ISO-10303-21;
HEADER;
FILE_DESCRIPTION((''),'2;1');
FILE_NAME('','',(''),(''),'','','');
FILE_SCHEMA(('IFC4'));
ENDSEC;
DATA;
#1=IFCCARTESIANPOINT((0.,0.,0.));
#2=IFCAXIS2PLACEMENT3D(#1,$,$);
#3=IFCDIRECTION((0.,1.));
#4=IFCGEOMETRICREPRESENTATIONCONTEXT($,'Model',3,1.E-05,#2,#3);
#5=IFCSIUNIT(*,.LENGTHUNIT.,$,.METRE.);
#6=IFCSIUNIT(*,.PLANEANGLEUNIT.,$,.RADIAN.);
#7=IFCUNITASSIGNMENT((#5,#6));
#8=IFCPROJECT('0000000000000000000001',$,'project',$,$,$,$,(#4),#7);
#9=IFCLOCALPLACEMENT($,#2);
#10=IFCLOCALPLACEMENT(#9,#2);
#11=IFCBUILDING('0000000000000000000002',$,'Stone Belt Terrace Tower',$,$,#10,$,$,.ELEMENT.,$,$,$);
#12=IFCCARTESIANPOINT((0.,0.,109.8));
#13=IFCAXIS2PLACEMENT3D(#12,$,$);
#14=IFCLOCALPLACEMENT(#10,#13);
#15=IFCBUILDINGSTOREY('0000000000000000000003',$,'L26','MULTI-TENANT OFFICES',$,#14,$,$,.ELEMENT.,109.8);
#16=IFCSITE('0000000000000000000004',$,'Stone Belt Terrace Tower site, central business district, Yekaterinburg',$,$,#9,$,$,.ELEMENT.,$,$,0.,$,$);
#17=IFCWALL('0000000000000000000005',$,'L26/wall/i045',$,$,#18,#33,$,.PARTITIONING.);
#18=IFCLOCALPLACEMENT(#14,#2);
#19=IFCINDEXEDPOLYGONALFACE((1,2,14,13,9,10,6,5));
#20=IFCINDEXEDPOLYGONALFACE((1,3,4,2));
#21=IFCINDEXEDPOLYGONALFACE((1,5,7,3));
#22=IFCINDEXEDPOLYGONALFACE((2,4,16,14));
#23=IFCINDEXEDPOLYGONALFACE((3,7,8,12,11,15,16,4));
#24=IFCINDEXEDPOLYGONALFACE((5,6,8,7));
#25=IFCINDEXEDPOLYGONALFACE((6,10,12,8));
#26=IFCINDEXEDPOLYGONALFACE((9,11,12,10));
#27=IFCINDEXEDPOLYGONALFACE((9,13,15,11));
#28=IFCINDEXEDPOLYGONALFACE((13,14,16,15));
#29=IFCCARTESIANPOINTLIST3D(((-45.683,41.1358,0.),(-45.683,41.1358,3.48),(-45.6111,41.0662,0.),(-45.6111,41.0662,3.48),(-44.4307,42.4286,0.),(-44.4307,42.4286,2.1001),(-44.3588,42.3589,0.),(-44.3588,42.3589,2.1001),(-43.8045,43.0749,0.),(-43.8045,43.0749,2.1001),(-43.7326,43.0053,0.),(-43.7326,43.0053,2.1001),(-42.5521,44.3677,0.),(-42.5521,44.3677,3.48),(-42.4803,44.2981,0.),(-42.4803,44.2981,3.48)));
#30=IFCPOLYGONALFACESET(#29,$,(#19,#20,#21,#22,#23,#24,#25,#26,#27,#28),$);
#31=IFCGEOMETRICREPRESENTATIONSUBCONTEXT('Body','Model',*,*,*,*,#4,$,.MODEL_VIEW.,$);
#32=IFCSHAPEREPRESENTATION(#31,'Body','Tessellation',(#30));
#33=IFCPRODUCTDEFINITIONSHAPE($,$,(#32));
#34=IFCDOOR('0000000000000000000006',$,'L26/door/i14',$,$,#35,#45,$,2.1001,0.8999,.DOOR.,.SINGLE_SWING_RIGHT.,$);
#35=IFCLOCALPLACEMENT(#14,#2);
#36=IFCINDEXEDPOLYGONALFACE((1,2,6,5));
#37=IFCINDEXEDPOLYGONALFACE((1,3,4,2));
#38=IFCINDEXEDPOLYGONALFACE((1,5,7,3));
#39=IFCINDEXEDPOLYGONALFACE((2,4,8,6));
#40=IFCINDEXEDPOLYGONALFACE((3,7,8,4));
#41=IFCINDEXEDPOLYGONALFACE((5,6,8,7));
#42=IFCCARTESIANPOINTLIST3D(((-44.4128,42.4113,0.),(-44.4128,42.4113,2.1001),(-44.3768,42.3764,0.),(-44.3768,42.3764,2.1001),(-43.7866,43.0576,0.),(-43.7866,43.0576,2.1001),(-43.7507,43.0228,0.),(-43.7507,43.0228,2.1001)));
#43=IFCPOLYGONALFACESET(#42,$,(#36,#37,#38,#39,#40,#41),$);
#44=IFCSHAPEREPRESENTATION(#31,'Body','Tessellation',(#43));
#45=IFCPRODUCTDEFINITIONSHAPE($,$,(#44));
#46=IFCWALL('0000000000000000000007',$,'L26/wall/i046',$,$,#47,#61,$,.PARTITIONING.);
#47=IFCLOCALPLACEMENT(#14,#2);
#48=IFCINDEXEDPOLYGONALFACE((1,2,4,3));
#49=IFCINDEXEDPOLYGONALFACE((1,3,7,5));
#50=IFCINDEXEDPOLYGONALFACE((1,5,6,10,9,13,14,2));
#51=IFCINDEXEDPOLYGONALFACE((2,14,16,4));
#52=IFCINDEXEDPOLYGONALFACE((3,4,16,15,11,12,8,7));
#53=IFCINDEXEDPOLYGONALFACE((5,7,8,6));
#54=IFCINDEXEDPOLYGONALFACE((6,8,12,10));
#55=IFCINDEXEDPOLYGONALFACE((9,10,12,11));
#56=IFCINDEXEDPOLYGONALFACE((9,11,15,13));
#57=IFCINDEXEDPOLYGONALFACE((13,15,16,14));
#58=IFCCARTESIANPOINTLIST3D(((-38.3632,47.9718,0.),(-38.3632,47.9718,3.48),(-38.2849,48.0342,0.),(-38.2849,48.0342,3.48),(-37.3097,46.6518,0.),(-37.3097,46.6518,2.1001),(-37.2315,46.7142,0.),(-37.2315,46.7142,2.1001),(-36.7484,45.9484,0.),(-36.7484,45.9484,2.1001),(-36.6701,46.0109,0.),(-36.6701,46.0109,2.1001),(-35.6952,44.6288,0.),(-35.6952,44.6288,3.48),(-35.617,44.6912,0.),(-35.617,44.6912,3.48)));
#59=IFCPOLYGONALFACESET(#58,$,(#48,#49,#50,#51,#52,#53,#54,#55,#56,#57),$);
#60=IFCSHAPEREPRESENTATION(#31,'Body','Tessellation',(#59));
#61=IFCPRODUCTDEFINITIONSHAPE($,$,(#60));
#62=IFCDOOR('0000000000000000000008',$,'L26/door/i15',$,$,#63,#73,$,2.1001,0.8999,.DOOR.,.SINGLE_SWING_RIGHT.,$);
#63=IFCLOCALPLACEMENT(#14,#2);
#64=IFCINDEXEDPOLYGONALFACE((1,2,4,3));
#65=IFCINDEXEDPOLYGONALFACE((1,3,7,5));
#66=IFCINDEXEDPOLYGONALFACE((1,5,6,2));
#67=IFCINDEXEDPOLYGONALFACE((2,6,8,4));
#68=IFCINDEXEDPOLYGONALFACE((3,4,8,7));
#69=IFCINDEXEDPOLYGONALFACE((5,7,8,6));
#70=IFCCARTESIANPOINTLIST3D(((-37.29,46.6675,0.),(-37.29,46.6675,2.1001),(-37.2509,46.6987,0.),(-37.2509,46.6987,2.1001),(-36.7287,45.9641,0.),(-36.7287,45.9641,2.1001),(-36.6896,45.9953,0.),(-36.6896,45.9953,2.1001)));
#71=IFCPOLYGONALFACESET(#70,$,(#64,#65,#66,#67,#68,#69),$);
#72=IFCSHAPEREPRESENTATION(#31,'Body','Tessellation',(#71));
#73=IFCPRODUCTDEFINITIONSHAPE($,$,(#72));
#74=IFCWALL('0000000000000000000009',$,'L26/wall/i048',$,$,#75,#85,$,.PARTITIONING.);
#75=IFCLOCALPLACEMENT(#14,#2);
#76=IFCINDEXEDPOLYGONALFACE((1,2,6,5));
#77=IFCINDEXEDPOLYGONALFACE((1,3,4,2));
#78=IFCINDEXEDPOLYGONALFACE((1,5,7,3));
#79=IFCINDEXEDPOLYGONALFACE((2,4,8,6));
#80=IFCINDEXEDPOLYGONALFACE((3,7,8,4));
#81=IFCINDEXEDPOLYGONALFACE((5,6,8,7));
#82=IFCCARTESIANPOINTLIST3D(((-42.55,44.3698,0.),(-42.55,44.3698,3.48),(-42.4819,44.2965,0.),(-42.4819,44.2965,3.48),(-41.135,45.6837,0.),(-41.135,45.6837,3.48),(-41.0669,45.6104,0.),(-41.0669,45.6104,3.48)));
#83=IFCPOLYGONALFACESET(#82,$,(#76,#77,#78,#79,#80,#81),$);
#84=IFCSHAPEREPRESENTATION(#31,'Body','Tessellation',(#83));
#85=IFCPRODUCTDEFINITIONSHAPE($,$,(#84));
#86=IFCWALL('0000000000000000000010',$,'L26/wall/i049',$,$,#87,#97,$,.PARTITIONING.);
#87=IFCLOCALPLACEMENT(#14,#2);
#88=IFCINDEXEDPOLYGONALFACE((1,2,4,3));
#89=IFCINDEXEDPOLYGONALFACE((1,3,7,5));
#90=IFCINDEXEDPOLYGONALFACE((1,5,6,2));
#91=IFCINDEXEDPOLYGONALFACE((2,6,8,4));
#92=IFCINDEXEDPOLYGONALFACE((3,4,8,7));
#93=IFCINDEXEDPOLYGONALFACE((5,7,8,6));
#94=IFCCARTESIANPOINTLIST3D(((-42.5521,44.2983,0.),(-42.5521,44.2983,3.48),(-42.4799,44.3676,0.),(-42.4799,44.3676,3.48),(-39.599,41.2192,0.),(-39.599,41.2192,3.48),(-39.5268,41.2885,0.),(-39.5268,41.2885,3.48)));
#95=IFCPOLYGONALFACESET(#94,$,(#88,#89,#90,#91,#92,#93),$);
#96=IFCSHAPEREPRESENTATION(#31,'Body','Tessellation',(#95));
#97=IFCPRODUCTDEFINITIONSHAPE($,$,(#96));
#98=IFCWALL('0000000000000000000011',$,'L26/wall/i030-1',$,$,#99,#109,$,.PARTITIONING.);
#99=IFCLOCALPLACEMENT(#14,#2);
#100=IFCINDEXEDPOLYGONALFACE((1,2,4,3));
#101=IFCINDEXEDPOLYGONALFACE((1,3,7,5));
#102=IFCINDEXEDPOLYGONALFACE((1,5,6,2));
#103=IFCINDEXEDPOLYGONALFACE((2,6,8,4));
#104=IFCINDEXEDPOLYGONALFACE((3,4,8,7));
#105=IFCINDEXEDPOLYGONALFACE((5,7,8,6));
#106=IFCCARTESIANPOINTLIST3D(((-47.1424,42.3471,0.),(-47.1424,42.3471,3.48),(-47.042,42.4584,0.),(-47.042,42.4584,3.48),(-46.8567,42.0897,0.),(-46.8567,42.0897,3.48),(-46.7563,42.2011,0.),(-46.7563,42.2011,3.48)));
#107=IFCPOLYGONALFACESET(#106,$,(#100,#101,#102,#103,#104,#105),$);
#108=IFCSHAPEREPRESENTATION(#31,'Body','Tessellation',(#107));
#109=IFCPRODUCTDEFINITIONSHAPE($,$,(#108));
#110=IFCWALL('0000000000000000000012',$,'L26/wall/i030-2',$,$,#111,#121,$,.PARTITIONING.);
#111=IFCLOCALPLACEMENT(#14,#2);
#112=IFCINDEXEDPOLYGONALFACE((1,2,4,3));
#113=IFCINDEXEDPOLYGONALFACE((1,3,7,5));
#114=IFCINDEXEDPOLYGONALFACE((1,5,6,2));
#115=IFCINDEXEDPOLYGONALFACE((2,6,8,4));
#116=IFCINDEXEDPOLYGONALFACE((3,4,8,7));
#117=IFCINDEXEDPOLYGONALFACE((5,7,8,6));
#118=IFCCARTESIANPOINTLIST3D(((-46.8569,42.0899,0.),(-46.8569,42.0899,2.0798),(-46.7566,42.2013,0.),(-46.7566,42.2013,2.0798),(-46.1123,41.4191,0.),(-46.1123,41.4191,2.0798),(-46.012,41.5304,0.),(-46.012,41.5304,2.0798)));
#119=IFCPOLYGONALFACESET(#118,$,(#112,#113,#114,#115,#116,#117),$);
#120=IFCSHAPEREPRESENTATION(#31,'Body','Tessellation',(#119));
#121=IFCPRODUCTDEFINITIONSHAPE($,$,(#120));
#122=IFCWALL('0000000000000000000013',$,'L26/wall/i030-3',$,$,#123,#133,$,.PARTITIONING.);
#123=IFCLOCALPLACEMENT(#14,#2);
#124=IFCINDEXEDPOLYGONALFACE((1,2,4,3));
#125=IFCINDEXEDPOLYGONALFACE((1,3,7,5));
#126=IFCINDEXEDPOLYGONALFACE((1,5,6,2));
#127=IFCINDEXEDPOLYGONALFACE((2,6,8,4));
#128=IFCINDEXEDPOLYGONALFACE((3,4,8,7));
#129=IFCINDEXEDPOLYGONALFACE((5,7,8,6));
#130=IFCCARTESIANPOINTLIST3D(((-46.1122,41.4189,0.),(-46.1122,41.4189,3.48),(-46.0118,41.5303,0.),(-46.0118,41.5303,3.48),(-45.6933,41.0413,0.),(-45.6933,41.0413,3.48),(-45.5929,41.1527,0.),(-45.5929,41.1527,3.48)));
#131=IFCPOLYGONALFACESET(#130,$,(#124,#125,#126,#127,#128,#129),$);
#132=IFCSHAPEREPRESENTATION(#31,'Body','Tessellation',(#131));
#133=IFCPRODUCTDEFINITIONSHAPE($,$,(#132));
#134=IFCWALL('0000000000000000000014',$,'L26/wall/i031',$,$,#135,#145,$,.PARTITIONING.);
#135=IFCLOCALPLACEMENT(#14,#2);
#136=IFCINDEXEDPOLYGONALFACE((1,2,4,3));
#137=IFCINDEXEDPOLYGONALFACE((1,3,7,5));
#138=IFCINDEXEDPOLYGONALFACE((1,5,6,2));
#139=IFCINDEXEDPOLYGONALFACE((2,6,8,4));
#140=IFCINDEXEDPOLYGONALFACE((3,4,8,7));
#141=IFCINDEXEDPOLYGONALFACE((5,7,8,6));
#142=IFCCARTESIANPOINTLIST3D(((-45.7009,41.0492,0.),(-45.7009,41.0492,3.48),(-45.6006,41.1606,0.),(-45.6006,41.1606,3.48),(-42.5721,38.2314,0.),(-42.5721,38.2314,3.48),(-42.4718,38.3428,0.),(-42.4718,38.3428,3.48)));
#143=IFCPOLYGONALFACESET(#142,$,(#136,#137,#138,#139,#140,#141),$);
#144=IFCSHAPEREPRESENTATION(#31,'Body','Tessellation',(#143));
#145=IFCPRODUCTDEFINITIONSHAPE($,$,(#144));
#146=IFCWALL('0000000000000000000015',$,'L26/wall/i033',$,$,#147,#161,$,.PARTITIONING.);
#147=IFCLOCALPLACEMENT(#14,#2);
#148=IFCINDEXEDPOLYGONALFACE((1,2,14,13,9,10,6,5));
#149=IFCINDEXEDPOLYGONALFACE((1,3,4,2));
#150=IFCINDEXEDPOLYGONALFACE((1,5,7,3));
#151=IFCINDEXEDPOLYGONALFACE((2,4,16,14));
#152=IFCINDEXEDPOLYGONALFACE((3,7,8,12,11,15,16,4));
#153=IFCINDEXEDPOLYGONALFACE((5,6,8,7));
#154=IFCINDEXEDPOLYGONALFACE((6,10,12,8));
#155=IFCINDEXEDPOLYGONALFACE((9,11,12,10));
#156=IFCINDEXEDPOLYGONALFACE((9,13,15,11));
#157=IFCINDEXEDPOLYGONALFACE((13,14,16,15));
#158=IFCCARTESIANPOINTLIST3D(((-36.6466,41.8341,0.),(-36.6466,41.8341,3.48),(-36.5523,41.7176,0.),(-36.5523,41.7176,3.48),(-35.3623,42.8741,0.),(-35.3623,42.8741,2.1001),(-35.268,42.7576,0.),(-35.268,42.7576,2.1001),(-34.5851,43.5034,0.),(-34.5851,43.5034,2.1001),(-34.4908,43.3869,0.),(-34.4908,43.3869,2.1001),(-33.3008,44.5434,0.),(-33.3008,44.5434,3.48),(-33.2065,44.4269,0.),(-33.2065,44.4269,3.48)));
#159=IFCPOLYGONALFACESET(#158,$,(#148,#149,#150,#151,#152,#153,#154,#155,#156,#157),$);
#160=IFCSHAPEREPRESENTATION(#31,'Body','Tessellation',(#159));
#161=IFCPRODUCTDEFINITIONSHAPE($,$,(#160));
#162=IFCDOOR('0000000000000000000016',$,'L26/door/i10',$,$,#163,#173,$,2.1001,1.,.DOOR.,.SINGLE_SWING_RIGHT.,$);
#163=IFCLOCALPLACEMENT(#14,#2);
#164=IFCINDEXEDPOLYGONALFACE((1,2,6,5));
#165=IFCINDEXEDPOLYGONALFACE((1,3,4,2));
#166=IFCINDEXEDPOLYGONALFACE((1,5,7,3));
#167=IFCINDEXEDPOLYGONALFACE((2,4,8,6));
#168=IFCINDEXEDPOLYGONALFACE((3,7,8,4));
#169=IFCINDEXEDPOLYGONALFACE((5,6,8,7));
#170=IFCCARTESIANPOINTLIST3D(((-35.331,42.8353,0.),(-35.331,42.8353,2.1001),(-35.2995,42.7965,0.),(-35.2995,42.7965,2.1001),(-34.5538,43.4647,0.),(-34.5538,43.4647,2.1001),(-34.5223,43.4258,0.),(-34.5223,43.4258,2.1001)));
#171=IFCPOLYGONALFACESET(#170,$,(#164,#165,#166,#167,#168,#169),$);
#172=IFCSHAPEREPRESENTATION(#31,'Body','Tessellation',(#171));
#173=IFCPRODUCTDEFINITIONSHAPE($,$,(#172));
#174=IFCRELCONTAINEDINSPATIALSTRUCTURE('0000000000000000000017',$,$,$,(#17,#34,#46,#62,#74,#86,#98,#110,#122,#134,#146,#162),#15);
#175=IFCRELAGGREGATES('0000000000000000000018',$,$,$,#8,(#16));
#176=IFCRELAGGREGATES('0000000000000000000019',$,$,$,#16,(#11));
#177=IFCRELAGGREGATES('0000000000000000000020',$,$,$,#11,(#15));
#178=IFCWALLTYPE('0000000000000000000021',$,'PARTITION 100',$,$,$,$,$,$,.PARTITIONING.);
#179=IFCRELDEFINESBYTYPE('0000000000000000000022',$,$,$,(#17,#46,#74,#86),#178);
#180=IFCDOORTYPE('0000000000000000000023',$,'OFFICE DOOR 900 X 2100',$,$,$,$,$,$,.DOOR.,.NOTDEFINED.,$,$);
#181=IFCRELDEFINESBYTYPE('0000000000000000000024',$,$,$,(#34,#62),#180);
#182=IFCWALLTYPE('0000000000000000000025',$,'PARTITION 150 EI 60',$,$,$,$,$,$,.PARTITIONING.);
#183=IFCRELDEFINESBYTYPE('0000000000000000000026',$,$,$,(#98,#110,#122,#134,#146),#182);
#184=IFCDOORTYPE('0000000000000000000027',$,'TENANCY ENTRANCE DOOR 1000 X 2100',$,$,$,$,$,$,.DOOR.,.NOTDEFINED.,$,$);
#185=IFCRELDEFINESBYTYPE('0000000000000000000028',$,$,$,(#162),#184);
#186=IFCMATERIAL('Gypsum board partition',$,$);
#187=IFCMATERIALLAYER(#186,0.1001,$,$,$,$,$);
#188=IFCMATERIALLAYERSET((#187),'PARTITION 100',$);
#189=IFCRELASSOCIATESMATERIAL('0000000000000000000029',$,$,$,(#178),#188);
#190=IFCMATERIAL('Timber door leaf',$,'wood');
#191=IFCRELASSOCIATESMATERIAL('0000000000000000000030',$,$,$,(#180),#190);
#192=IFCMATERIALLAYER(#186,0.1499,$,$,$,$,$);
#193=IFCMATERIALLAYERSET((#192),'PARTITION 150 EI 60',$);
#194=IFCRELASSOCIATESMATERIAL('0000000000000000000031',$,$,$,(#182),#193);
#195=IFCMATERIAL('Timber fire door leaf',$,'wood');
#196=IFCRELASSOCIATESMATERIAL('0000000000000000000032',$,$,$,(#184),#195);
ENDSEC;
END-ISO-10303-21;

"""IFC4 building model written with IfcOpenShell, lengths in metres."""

from ifc_helpers import new_model, si_unit, direction, frame, frame_2d, origin, place, context, subcontext, project, spatial, rectangle, extrude, material, layer, layer_set, type_object, element, fill, save


model = new_model("IFC4")

# Units and contexts
model_context = context("Model", 3, precision=1e-05, world=origin(), true_north=direction((0.0, 1.0)))
body_context = subcontext(model_context, "Body", "Model", "MODEL_VIEW")
ifc_project = project(units=[si_unit("LENGTHUNIT", "METRE"), si_unit("PLANEANGLEUNIT", "RADIAN")], contexts=[model_context])

# Site, building, storey
site_placement = place(None, origin())
site = spatial("IfcSite", under=ifc_project, at=site_placement, Name="Stone Belt Terrace Tower site, central business district, Yekaterinburg", CompositionType="ELEMENT", RefElevation=0.0)
building_placement = place(site_placement, origin())
building = spatial("IfcBuilding", under=site, at=building_placement, Name="Stone Belt Terrace Tower", CompositionType="ELEMENT")
storey_placement = place(building_placement, frame((0.0, 0.0, 109.8)))
storey = spatial("IfcBuildingStorey", under=building, at=storey_placement, Name="L26", Description="MULTI-TENANT OFFICES", CompositionType="ELEMENT", Elevation=109.8)

# Walls, openings, doors
ifc_material_1 = material(Name="Gypsum board partition")
ifc_layer_1 = layer(ifc_material_1, 0.1001)
ifc_layer_set_1 = layer_set([ifc_layer_1], Name="PARTITION 100")
wall_type_1 = type_object("IfcWallType", Name="PARTITION 100", PredefinedType="PARTITIONING", material=ifc_layer_set_1)
wall_1_placement = place(storey_placement, frame((-42.5161, 44.333, 0.0), z_axis=(0.0, 0.0, 1.0), x_axis=(-0.695786, -0.718249, 0.0)))
wall_1 = element("IfcWall", 1, at=wall_1_placement, inside=storey, type_object=wall_type_1, Name="L26/wall/i045", PredefinedType="PARTITIONING", context=body_context, shape_type="SweptSolid", body=[
    extrude(rectangle(XDim=4.4998, YDim=0.1001, at=frame_2d((2.25, 0.0))), origin(), (0.0, 0.0, 1.0), 3.48),
])
opening_1_placement = place(wall_1_placement, frame((1.8, 0.0, 0.0)))
opening_1 = element("IfcOpeningElement", 2, at=opening_1_placement, cuts=wall_1, PredefinedType="OPENING", context=body_context, shape_type="SweptSolid", body=[
    extrude(rectangle(XDim=0.8999, YDim=2.1001, at=frame_2d((0.45, 1.05))), frame((0.0, 0.0601, 0.0), z_axis=(0.0, -1.0, 0.0), x_axis=(1.0, 0.0, 0.0)), (0.0, 0.0, 1.0), 0.1201),
])
ifc_material_2 = material(Name="Timber door leaf", Category="wood")
door_type_1 = type_object("IfcDoorType", Name="OFFICE DOOR 900 X 2100", OperationType="NOTDEFINED", PredefinedType="DOOR", material=ifc_material_2)
door_1_placement = place(opening_1_placement, origin())
door_1 = element("IfcDoor", 3, at=door_1_placement, inside=storey, type_object=door_type_1, Name="L26/door/i14", OperationType="SINGLE_SWING_RIGHT", OverallHeight=2.1001, OverallWidth=0.8999, PredefinedType="DOOR", context=body_context, shape_type="SweptSolid", body=[
    extrude(rectangle(XDim=0.8999, YDim=2.1001, at=frame_2d((0.45, 1.05))), frame((0.0, 0.0249, 0.0), z_axis=(0.0, -1.0, 0.0), x_axis=(1.0, 0.0, 0.0)), (0.0, 0.0, 1.0), 0.05),
])
fill(opening_1, door_1)
wall_2_placement = place(storey_placement, frame((-35.656, 44.6599, 0.0), z_axis=(0.0, 0.0, 1.0), x_axis=(-0.623776, 0.781603, 0.0)))
wall_2 = element("IfcWall", 4, at=wall_2_placement, inside=storey, type_object=wall_type_1, Name="L26/wall/i046", PredefinedType="PARTITIONING", context=body_context, shape_type="SweptSolid", body=[
    extrude(rectangle(XDim=4.2771, YDim=0.1001, at=frame_2d((2.1387, 0.0))), origin(), (0.0, 0.0, 1.0), 3.48),
])
opening_2_placement = place(wall_2_placement, frame((1.6885, 0.0, 0.0)))
opening_2 = element("IfcOpeningElement", 5, at=opening_2_placement, cuts=wall_2, PredefinedType="OPENING", context=body_context, shape_type="SweptSolid", body=[
    extrude(rectangle(XDim=0.8999, YDim=2.1001, at=frame_2d((0.45, 1.05))), frame((0.0, 0.0601, 0.0), z_axis=(0.0, -1.0, 0.0), x_axis=(1.0, 0.0, 0.0)), (0.0, 0.0, 1.0), 0.1201),
])
door_2_placement = place(opening_2_placement, origin())
door_2 = element("IfcDoor", 6, at=door_2_placement, inside=storey, type_object=door_type_1, Name="L26/door/i15", OperationType="SINGLE_SWING_RIGHT", OverallHeight=2.1001, OverallWidth=0.8999, PredefinedType="DOOR", context=body_context, shape_type="SweptSolid", body=[
    extrude(rectangle(XDim=0.8999, YDim=2.1001, at=frame_2d((0.45, 1.05))), frame((0.0, 0.0249, 0.0), z_axis=(0.0, -1.0, 0.0), x_axis=(1.0, 0.0, 0.0)), (0.0, 0.0, 1.0), 0.05),
])
fill(opening_2, door_2)

# Walls
wall_3_placement = place(storey_placement, frame((-41.1011, 45.647, 0.0), z_axis=(0.0, 0.0, 1.0), x_axis=(-0.732793, -0.680451, 0.0)))
element("IfcWall", 7, at=wall_3_placement, inside=storey, type_object=wall_type_1, Name="L26/wall/i048", PredefinedType="PARTITIONING", context=body_context, shape_type="SweptSolid", body=[
    extrude(rectangle(XDim=1.9309, YDim=0.1001, at=frame_2d((0.9653, 0.0))), origin(), (0.0, 0.0, 1.0), 3.48),
])
wall_4_placement = place(storey_placement, frame((-42.5161, 44.333, 0.0), z_axis=(0.0, 0.0, 1.0), x_axis=(0.692189, -0.721717, 0.0)))
element("IfcWall", 8, at=wall_4_placement, inside=storey, type_object=wall_type_1, Name="L26/wall/i049", PredefinedType="PARTITIONING", context=body_context, shape_type="SweptSolid", body=[
    extrude(rectangle(XDim=4.2664, YDim=0.1001, at=frame_2d((2.1333, 0.0))), origin(), (0.0, 0.0, 1.0), 3.48),
])
ifc_layer_2 = layer(ifc_material_1, 0.1499)
ifc_layer_set_2 = layer_set([ifc_layer_2], Name="PARTITION 150 EI 60")
wall_type_2 = type_object("IfcWallType", Name="PARTITION 150 EI 60", PredefinedType="PARTITIONING", material=ifc_layer_set_2)
wall_5_placement = place(storey_placement, frame((-47.0923, 42.4028, 0.0), z_axis=(0.0, 0.0, 1.0), x_axis=(0.742978, -0.669315, 0.0)))
element("IfcWall", 9, at=wall_5_placement, inside=storey, type_object=wall_type_2, Name="L26/wall/i030-1", PredefinedType="PARTITIONING", context=body_context, shape_type="SweptSolid", body=[
    extrude(rectangle(XDim=0.3845, YDim=0.1499, at=frame_2d((0.1924, 0.0))), origin(), (0.0, 0.0, 1.0), 3.48),
])
wall_6_placement = place(storey_placement, frame((-46.8066, 42.1455, 0.0), z_axis=(0.0, 0.0, 1.0), x_axis=(0.742931, -0.669368, 0.0)))
element("IfcWall", 10, at=wall_6_placement, inside=storey, type_object=wall_type_2, Name="L26/wall/i030-2", PredefinedType="PARTITIONING", context=body_context, shape_type="SweptSolid", body=[
    extrude(rectangle(XDim=1.0022, YDim=0.1499, at=frame_2d((0.501, 0.0))), origin(), (0.0, 0.0, 1.0), 2.0798),
])
wall_7_placement = place(storey_placement, frame((-46.062, 41.4746, 0.0), z_axis=(0.0, 0.0, 1.0), x_axis=(0.742734, -0.669586, 0.0)))
element("IfcWall", 11, at=wall_7_placement, inside=storey, type_object=wall_type_2, Name="L26/wall/i030-3", PredefinedType="PARTITIONING", context=body_context, shape_type="SweptSolid", body=[
    extrude(rectangle(XDim=0.564, YDim=0.1499, at=frame_2d((0.282, 0.0))), origin(), (0.0, 0.0, 1.0), 3.48),
])
wall_8_placement = place(storey_placement, frame((-45.6509, 41.105, 0.0), z_axis=(0.0, 0.0, 1.0), x_axis=(0.743075, -0.669208, 0.0)))
element("IfcWall", 12, at=wall_8_placement, inside=storey, type_object=wall_type_2, Name="L26/wall/i031", PredefinedType="PARTITIONING", context=body_context, shape_type="SweptSolid", body=[
    extrude(rectangle(XDim=4.2107, YDim=0.1499, at=frame_2d((2.1055, 0.0))), origin(), (0.0, 0.0, 1.0), 3.48),
])

# Wall, opening, door
wall_9_placement = place(storey_placement, frame((-33.2537, 44.4851, 0.0), z_axis=(0.0, 0.0, 1.0), x_axis=(-0.777154, -0.629311, 0.0)))
wall_9 = element("IfcWall", 13, at=wall_9_placement, inside=storey, type_object=wall_type_2, Name="L26/wall/i033", PredefinedType="PARTITIONING", context=body_context, shape_type="SweptSolid", body=[
    extrude(rectangle(XDim=4.3052, YDim=0.1499, at=frame_2d((2.1526, 0.0))), origin(), (0.0, 0.0, 1.0), 3.48),
])
opening_3_placement = place(wall_9_placement, frame((1.6526, 0.0, 0.0)))
opening_3 = element("IfcOpeningElement", 14, at=opening_3_placement, cuts=wall_9, PredefinedType="OPENING", context=body_context, shape_type="SweptSolid", body=[
    extrude(rectangle(XDim=1.0, YDim=2.1001, at=frame_2d((0.5, 1.05))), frame((0.0, 0.085, 0.0), z_axis=(0.0, -1.0, 0.0), x_axis=(1.0, 0.0, 0.0)), (0.0, 0.0, 1.0), 0.1699),
])
ifc_material_3 = material(Name="Timber fire door leaf", Category="wood")
door_type_2 = type_object("IfcDoorType", Name="TENANCY ENTRANCE DOOR 1000 X 2100", OperationType="NOTDEFINED", PredefinedType="DOOR", material=ifc_material_3)
door_3_placement = place(opening_3_placement, origin())
door_3 = element("IfcDoor", 15, at=door_3_placement, inside=storey, type_object=door_type_2, Name="L26/door/i10", OperationType="SINGLE_SWING_RIGHT", OverallHeight=2.1001, OverallWidth=1.0, PredefinedType="DOOR", context=body_context, shape_type="SweptSolid", body=[
    extrude(rectangle(XDim=1.0, YDim=2.1001, at=frame_2d((0.5, 1.05))), frame((0.0, 0.0249, 0.0), z_axis=(0.0, -1.0, 0.0), x_axis=(1.0, 0.0, 0.0)), (0.0, 0.0, 1.0), 0.05),
])
fill(opening_3, door_3)

save(model, "model.ifc")
